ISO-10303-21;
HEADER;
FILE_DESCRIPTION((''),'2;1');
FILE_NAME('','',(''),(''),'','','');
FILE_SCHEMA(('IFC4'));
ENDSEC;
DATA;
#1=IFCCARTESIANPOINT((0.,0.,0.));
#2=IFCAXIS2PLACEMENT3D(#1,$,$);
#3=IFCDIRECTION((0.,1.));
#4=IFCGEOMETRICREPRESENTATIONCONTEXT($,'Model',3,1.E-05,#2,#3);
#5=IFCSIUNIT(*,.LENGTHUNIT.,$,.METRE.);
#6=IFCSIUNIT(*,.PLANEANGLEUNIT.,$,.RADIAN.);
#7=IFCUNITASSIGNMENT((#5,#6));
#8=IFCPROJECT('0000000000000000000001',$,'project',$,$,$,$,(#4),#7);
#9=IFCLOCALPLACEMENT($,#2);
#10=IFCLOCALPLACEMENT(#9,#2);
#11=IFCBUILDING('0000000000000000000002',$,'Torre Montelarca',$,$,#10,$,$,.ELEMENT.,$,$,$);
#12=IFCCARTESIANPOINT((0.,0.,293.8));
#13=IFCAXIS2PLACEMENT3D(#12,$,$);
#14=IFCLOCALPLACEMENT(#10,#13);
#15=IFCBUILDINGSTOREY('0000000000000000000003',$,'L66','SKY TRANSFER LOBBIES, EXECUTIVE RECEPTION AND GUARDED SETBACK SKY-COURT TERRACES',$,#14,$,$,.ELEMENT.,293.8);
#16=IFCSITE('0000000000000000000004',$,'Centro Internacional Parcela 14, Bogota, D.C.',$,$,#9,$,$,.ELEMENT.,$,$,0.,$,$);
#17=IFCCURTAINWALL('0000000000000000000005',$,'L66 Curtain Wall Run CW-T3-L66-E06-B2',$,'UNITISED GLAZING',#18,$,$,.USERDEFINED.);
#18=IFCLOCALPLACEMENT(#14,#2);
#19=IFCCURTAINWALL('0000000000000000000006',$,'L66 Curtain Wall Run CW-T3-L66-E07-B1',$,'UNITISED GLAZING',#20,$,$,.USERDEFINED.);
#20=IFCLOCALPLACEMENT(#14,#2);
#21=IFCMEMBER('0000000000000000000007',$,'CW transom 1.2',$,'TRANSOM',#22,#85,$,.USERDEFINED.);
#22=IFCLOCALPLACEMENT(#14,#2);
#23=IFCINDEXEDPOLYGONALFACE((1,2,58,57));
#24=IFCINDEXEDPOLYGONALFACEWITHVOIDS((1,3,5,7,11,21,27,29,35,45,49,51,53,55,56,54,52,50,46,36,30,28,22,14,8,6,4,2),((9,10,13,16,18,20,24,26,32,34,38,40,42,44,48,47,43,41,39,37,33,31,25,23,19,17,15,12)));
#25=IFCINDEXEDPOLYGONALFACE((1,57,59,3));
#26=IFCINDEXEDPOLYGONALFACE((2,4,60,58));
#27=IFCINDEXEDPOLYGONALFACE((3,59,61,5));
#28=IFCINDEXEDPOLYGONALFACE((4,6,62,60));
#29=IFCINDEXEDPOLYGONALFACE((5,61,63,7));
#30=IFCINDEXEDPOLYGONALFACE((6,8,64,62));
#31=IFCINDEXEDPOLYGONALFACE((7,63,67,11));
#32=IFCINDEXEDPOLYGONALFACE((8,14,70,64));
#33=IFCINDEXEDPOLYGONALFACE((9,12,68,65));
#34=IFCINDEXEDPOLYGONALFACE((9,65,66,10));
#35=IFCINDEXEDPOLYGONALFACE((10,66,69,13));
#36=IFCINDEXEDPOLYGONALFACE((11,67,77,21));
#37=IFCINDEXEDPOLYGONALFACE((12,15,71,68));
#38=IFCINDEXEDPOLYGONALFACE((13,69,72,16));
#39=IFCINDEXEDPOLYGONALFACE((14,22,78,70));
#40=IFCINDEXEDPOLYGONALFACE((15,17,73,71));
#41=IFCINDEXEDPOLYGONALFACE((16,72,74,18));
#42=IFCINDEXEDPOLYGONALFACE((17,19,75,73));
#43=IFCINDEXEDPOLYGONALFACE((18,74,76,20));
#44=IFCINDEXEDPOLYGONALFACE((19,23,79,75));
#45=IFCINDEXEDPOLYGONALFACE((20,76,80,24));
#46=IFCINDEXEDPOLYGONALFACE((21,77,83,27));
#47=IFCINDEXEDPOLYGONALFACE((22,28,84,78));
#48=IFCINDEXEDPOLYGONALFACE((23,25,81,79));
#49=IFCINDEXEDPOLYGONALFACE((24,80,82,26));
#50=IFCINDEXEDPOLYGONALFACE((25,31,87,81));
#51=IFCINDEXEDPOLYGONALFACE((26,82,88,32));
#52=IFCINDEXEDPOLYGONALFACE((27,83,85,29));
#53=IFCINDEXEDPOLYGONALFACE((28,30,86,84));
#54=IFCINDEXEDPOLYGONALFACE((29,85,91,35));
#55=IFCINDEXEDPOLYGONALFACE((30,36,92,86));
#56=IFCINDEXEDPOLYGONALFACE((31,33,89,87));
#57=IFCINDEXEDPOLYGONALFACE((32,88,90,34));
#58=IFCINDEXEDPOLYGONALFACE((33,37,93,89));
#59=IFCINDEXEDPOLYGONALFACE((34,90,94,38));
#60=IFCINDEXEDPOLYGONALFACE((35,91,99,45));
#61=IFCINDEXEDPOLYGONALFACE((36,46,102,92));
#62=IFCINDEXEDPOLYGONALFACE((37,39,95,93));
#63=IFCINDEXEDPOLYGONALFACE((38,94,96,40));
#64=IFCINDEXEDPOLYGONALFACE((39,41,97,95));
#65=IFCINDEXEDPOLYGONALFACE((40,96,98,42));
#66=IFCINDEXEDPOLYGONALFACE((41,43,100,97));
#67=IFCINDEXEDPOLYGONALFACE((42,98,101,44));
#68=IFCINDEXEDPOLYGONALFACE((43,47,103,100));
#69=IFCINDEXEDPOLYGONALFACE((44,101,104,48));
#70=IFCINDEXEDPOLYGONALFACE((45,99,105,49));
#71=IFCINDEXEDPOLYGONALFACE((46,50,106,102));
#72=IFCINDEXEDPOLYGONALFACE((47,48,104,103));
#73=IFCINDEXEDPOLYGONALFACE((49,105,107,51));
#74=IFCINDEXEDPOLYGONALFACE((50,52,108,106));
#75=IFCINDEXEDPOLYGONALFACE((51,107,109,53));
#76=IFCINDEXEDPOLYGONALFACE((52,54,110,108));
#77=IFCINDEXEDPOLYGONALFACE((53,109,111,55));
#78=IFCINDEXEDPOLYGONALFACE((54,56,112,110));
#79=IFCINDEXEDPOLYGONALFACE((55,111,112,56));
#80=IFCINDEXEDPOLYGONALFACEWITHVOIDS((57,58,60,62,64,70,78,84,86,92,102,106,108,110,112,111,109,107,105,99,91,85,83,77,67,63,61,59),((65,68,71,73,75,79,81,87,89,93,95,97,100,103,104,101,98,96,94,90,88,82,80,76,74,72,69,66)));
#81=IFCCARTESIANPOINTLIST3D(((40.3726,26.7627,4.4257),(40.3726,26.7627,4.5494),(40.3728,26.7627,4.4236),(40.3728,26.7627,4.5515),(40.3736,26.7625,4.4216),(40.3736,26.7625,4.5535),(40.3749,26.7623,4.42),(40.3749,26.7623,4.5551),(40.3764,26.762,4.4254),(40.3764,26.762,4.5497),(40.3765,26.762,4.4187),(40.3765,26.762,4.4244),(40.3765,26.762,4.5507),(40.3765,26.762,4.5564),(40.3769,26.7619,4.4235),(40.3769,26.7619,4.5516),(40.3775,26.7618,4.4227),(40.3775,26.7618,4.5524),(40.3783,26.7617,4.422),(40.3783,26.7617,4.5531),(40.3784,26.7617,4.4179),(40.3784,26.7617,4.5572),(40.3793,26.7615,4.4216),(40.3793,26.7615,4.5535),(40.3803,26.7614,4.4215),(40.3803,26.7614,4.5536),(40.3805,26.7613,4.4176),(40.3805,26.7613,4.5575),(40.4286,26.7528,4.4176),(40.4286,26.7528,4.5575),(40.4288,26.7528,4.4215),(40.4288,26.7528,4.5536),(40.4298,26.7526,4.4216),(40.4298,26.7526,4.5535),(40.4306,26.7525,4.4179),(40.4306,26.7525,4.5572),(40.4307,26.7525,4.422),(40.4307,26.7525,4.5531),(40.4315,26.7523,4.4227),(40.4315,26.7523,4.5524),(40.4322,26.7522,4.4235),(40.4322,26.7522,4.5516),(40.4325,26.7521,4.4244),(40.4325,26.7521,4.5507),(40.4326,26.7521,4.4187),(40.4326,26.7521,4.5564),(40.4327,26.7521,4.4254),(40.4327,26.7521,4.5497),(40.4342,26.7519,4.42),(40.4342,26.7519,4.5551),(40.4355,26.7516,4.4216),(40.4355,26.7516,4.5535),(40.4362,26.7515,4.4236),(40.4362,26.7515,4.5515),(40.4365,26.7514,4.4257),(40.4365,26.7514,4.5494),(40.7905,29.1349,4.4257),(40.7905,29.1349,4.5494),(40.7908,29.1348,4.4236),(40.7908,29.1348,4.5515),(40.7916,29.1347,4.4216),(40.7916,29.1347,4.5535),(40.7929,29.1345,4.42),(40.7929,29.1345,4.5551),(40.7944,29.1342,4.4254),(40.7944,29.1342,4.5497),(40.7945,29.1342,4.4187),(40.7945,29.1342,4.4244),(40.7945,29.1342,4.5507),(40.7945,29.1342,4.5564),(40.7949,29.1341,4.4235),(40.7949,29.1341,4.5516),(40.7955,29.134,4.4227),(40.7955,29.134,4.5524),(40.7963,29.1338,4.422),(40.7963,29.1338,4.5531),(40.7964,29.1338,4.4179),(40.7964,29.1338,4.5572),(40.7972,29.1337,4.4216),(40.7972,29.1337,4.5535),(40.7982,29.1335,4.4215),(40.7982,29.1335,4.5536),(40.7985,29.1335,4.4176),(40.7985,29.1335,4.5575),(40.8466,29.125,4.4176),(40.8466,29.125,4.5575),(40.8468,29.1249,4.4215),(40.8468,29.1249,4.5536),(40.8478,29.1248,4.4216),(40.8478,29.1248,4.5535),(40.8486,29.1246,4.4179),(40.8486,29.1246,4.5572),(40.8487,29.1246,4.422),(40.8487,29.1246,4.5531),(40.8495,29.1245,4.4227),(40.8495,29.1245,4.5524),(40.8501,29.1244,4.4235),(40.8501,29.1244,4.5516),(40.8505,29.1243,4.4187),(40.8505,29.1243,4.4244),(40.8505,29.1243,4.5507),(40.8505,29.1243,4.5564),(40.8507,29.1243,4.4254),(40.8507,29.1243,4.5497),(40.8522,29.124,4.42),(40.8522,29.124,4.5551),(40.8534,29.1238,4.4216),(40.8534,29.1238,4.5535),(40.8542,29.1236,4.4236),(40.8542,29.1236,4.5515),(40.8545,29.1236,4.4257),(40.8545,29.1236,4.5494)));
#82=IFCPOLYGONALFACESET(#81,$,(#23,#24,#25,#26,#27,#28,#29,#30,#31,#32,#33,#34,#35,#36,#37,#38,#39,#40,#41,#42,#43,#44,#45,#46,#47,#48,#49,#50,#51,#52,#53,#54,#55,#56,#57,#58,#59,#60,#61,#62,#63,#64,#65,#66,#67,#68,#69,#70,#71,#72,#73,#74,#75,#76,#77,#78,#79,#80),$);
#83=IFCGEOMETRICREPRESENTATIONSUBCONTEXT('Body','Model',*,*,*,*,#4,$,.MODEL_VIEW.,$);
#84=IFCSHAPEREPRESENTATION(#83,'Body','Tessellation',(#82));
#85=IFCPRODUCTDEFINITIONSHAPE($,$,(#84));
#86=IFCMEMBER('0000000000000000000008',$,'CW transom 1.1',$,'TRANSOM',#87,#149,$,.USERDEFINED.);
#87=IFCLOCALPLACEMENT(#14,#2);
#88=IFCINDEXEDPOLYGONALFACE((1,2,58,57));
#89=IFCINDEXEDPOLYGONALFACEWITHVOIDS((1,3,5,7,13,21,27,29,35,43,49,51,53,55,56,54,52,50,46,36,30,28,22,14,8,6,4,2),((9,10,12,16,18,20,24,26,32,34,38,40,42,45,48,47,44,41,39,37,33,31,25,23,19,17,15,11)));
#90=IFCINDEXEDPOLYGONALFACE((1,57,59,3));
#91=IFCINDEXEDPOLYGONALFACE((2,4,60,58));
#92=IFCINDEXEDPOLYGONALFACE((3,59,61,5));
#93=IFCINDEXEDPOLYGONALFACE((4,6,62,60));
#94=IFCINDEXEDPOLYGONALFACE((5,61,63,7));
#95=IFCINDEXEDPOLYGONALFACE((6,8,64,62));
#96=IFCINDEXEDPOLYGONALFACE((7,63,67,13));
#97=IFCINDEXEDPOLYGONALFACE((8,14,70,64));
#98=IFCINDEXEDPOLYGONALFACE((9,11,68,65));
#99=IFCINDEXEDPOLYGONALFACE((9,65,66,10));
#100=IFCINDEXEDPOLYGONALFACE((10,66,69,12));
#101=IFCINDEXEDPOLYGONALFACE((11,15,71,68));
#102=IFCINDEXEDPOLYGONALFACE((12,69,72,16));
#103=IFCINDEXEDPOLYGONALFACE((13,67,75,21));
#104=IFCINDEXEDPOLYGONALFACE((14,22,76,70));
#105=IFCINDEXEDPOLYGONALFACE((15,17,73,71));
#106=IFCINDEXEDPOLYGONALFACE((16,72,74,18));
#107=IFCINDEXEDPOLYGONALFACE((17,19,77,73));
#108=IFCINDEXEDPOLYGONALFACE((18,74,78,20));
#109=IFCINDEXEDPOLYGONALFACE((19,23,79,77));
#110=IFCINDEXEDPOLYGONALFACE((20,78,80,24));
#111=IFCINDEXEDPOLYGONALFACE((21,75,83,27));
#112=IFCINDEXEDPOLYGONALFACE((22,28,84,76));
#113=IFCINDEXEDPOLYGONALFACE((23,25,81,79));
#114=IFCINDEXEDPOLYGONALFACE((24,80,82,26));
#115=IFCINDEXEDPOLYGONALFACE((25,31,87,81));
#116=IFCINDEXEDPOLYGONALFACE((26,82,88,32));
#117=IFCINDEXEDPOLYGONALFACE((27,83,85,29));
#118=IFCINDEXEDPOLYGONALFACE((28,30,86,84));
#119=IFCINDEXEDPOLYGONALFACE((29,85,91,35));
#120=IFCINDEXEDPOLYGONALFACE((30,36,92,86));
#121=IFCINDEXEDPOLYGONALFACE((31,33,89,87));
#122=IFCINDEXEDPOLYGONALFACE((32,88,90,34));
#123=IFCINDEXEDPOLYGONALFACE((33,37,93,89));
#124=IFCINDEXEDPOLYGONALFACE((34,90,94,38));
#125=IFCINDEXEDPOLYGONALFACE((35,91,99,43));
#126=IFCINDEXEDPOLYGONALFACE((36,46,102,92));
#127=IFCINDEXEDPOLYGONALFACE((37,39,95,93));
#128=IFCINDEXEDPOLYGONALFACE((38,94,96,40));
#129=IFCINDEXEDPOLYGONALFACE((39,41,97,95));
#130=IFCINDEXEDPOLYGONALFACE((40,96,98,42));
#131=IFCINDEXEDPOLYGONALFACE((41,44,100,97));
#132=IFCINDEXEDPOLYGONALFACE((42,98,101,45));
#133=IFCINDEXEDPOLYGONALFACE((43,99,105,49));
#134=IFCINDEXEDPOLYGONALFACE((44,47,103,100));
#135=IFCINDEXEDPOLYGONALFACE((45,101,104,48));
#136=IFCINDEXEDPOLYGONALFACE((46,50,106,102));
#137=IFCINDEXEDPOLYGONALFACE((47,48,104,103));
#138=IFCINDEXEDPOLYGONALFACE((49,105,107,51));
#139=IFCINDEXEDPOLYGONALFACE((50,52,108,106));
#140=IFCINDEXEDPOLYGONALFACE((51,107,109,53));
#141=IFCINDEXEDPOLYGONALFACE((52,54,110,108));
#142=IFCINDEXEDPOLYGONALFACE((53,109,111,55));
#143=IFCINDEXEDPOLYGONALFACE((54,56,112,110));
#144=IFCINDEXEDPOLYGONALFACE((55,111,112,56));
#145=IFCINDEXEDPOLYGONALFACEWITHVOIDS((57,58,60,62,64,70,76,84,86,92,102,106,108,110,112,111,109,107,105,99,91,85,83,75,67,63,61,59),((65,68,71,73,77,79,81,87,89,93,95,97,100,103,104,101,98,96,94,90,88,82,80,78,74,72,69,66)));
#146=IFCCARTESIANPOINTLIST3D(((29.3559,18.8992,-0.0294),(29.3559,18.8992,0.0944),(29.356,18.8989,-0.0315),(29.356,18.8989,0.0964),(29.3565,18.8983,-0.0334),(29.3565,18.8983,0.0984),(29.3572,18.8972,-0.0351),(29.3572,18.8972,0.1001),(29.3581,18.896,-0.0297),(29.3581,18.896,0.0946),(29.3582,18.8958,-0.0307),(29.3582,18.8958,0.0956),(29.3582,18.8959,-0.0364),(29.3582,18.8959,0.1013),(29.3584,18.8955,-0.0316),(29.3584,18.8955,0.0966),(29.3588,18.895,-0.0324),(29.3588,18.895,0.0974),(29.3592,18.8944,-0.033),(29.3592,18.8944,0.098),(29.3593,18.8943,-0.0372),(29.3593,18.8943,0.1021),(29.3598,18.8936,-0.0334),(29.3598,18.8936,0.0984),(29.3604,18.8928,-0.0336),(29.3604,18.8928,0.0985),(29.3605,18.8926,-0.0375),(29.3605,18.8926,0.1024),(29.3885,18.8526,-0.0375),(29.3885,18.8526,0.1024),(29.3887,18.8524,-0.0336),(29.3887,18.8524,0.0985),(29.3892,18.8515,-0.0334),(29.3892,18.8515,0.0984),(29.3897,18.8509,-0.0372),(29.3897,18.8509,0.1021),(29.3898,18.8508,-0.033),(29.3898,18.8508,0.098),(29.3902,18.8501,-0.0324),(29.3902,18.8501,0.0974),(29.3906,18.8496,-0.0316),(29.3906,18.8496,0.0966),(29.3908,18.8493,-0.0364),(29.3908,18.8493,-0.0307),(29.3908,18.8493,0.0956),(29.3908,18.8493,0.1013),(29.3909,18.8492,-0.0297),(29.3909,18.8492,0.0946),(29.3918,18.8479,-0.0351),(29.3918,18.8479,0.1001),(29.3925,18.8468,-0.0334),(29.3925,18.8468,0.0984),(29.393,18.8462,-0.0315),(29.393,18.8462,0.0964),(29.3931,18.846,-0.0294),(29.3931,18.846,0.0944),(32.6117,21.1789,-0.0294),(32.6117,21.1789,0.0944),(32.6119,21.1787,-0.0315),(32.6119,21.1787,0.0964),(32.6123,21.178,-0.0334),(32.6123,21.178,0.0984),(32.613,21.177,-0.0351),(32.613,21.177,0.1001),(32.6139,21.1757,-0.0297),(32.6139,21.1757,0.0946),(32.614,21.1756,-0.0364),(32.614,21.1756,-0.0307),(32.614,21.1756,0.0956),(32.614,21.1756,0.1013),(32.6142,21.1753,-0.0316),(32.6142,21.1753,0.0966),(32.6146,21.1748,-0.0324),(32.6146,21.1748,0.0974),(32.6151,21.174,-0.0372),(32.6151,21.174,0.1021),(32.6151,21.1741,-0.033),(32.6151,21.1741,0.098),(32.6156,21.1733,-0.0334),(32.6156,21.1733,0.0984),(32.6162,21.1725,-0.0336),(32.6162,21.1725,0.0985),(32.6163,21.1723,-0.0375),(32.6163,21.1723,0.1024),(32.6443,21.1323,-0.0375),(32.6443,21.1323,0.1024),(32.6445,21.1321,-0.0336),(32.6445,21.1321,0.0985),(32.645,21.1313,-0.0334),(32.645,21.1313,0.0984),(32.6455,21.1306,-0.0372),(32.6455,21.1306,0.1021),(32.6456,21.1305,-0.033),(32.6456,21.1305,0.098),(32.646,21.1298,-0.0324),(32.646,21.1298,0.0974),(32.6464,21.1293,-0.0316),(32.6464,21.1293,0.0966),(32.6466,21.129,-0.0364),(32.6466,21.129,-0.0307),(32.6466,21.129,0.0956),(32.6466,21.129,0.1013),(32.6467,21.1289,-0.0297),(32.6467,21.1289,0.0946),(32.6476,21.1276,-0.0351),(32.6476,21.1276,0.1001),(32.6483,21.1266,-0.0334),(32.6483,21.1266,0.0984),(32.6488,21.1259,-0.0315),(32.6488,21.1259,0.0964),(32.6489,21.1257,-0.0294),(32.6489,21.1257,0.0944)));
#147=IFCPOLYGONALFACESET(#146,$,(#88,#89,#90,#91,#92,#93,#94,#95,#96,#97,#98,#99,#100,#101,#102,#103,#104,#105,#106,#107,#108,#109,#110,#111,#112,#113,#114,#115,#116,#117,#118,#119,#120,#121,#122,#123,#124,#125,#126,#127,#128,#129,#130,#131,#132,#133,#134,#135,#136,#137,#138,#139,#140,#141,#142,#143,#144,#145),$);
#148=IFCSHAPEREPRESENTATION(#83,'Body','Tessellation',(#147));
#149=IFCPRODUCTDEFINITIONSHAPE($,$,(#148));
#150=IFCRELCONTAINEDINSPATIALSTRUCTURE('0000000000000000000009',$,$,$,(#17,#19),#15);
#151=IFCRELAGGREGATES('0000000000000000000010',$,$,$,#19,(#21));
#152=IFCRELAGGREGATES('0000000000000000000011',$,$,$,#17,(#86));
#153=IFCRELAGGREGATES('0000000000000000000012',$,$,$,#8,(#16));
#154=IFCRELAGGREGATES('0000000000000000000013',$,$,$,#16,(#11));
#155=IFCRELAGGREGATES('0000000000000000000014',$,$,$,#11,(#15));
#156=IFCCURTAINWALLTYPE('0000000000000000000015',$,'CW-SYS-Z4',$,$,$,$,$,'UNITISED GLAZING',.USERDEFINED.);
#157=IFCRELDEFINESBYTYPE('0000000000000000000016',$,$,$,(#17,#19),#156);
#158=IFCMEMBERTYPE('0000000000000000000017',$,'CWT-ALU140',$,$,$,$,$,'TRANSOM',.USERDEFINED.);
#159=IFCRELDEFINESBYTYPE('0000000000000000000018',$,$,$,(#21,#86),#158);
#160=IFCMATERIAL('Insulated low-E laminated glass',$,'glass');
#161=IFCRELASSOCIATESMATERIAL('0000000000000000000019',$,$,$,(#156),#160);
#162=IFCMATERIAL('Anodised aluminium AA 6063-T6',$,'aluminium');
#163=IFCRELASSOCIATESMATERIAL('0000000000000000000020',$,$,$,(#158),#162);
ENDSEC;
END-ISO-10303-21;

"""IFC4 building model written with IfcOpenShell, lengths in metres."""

from ifc_helpers import new_model, si_unit, direction, frame, origin, origin_2d, place, context, subcontext, project, spatial, hollow_rectangle, extrude, source, transform, mapped, material, material_profile, profile_set, type_object, element, aggregate, save


model = new_model("IFC4")

# Units and contexts
model_context = context("Model", 3, precision=1e-05, world=origin(), true_north=direction((0.0, 1.0)))
body_context = subcontext(model_context, "Body", "Model", "MODEL_VIEW")
ifc_project = project(units=[si_unit("LENGTHUNIT", "METRE"), si_unit("PLANEANGLEUNIT", "RADIAN")], contexts=[model_context])

# Site, building, storey
site_placement = place(None, origin())
site = spatial("IfcSite", under=ifc_project, at=site_placement, Name="Centro Internacional Parcela 14, Bogota, D.C.", CompositionType="ELEMENT", RefElevation=0.0)
building_placement = place(site_placement, origin())
building = spatial("IfcBuilding", under=site, at=building_placement, Name="Torre Montelarca", CompositionType="ELEMENT")
storey_placement = place(building_placement, frame((0.0, 0.0, 293.8)))
storey = spatial("IfcBuildingStorey", under=building, at=storey_placement, Name="L66", Description="SKY TRANSFER LOBBIES, EXECUTIVE RECEPTION AND GUARDED SETBACK SKY-COURT TERRACES", CompositionType="ELEMENT", Elevation=293.8)

# Shared definitions
ifc_material_1 = material(Name="Insulated low-E laminated glass", Category="glass")
curtain_wall_type = type_object("IfcCurtainWallType", Name="CW-SYS-Z4", ElementType="UNITISED GLAZING", PredefinedType="USERDEFINED", material=ifc_material_1)
ifc_material_2 = material(Name="Anodised aluminium AA 6063-T6", Category="aluminium")

# Curtain walls, member
curtain_wall_1_placement = place(storey_placement, origin())
curtain_wall_1 = element("IfcCurtainWall", 1, at=curtain_wall_1_placement, inside=storey, type_object=curtain_wall_type, Name="L66 Curtain Wall Run CW-T3-L66-E06-B2", ObjectType="UNITISED GLAZING", PredefinedType="USERDEFINED")
curtain_wall_2_placement = place(storey_placement, origin())
curtain_wall_2 = element("IfcCurtainWall", 2, at=curtain_wall_2_placement, inside=storey, type_object=curtain_wall_type, Name="L66 Curtain Wall Run CW-T3-L66-E07-B1", ObjectType="UNITISED GLAZING", PredefinedType="USERDEFINED")
ifc_material_profile_1 = material_profile(ifc_material_2, hollow_rectangle(XDim=0.0649, YDim=0.1399, WallThickness=0.0039, InnerFilletRadius=0.0039, OuterFilletRadius=0.0081, at=origin_2d()), Name="ALU65X140X4", Category="aluminium")
ifc_profile_set_1 = profile_set([ifc_material_profile_1], Name="Anodised aluminium AA 6063-T6")
member_type_1 = type_object("IfcMemberType", Name="CWT-ALU140", ElementType="TRANSOM", PredefinedType="USERDEFINED", material=ifc_profile_set_1)
shared_shape_1 = source(origin(), body_context, "Body", "SweptSolid", [
    extrude(hollow_rectangle(XDim=0.0649, YDim=0.1399, WallThickness=0.0039, InnerFilletRadius=0.0039, OuterFilletRadius=0.0081, at=origin_2d()), origin(), (0.0, 0.0, 1.0), 2.4087),
])
member_1_placement = place(storey_placement, frame((40.4045, 26.7571, 4.4875), z_axis=(0.173531, 0.984828, 0.0), x_axis=(-0.984828, 0.173531, 0.0)))
member_1 = element("IfcMember", 3, at=member_1_placement, type_object=member_type_1, Name="CW transom 1.2", ObjectType="TRANSOM", PredefinedType="USERDEFINED", context=body_context, shape_type="MappedRepresentation", body=[
    mapped(shared_shape_1, transform((0.0, 0.0, 0.0), scale=1.0)),
])

# Member
shared_shape_2 = source(origin(), body_context, "Body", "SweptSolid", [
    extrude(hollow_rectangle(XDim=0.0649, YDim=0.1399, WallThickness=0.0039, InnerFilletRadius=0.0039, OuterFilletRadius=0.0081, at=origin_2d()), origin(), (0.0, 0.0, 1.0), 3.9746),
])
member_2_placement = place(storey_placement, frame((29.3745, 18.8726, 0.0325), z_axis=(0.819151, 0.573578, 0.0), x_axis=(-0.573578, 0.819151, 0.0)))
member_2 = element("IfcMember", 4, at=member_2_placement, type_object=member_type_1, Name="CW transom 1.1", ObjectType="TRANSOM", PredefinedType="USERDEFINED", context=body_context, shape_type="MappedRepresentation", body=[
    mapped(shared_shape_2, transform((0.0, 0.0, 0.0), scale=1.0)),
])

aggregate(curtain_wall_2, [member_1])
aggregate(curtain_wall_1, [member_2])

save(model, "model.ifc")
